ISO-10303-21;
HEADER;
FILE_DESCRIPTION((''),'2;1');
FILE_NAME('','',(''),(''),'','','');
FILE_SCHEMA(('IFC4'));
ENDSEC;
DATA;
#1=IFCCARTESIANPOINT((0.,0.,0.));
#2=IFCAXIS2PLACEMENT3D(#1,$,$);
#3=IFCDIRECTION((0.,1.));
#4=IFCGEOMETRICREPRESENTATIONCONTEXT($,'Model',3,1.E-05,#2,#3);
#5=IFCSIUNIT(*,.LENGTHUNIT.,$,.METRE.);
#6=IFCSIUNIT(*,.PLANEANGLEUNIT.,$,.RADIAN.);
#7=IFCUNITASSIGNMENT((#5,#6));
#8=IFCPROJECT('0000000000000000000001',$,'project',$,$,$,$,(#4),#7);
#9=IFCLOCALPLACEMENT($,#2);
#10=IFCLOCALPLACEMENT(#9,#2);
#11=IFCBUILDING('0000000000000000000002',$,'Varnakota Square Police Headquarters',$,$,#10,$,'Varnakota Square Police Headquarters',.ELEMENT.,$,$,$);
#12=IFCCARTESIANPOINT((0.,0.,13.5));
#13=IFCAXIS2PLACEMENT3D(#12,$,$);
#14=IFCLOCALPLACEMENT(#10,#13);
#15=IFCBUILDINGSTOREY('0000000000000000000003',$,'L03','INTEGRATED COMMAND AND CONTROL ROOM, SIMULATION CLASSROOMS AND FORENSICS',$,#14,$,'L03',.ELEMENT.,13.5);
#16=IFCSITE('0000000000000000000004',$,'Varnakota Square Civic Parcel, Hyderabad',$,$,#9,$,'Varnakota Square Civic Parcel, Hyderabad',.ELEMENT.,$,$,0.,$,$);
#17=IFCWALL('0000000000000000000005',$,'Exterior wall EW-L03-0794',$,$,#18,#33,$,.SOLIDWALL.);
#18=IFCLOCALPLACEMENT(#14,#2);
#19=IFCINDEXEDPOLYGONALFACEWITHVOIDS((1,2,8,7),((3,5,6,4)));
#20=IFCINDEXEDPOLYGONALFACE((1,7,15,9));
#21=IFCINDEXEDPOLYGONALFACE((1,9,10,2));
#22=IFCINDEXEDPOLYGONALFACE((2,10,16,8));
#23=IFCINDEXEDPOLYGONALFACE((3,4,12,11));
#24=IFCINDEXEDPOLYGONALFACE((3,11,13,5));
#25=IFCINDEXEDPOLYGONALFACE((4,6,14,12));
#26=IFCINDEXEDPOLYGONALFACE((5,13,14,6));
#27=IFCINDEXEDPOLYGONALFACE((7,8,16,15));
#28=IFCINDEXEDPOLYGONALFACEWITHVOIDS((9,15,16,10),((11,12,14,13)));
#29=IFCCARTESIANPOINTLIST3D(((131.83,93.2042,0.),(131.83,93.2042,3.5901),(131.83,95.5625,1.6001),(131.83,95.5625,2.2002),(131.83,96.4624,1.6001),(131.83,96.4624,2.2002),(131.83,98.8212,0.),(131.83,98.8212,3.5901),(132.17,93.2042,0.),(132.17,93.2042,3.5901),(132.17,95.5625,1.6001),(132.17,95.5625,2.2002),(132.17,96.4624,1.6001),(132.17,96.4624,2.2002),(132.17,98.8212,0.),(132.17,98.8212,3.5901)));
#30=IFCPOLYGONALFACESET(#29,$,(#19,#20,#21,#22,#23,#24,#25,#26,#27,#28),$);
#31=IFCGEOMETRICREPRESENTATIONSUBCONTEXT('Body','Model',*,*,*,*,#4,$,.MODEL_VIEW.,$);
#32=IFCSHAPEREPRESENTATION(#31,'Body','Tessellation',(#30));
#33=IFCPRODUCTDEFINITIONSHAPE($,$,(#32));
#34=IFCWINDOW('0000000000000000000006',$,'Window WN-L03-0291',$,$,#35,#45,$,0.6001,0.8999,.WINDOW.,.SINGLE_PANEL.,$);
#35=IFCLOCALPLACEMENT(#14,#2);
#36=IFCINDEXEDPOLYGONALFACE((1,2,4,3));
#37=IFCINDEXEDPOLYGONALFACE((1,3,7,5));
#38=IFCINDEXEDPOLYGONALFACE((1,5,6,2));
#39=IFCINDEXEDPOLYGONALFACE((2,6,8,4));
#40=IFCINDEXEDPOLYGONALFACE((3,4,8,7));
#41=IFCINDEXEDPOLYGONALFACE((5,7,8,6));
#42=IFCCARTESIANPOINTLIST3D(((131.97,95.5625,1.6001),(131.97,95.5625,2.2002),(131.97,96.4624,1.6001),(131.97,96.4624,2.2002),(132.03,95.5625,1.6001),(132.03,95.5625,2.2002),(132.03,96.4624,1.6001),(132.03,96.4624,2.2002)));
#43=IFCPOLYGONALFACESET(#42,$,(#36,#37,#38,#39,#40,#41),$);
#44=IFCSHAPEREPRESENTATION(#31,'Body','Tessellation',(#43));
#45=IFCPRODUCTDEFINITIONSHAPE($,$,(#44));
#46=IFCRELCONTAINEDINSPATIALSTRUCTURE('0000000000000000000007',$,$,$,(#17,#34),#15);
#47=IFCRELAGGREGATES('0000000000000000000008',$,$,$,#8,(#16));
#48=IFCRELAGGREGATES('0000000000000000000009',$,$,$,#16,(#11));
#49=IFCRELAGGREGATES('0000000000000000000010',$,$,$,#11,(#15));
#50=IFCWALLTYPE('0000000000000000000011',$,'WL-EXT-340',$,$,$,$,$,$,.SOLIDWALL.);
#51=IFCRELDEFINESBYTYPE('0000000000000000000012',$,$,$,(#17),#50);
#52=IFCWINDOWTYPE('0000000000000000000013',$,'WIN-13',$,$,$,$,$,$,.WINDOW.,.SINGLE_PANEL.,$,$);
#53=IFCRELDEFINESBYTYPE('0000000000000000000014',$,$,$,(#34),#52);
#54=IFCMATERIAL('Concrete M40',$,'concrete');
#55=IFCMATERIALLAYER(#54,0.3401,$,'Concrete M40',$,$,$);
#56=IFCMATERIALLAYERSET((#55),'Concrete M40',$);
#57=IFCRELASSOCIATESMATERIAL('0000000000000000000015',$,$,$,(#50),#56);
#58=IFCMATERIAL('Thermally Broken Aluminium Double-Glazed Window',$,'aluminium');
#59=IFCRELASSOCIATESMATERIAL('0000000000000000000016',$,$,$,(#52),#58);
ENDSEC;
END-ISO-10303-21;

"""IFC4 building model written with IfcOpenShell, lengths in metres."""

from ifc_helpers import new_model, si_unit, direction, frame, frame_2d, origin, place, context, subcontext, project, spatial, rectangle, extrude, material, layer, layer_set, type_object, element, fill, save


model = new_model("IFC4")

# Units and contexts
model_context = context("Model", 3, precision=1e-05, world=origin(), true_north=direction((0.0, 1.0)))
body_context = subcontext(model_context, "Body", "Model", "MODEL_VIEW")
ifc_project = project(units=[si_unit("LENGTHUNIT", "METRE"), si_unit("PLANEANGLEUNIT", "RADIAN")], contexts=[model_context])

# Site, building, storey
site_placement = place(None, origin())
site = spatial("IfcSite", under=ifc_project, at=site_placement, Name="Varnakota Square Civic Parcel, Hyderabad", LongName="Varnakota Square Civic Parcel, Hyderabad", CompositionType="ELEMENT", RefElevation=0.0)
building_placement = place(site_placement, origin())
building = spatial("IfcBuilding", under=site, at=building_placement, Name="Varnakota Square Police Headquarters", LongName="Varnakota Square Police Headquarters", CompositionType="ELEMENT")
storey_placement = place(building_placement, frame((0.0, 0.0, 13.5)))
storey = spatial("IfcBuildingStorey", under=building, at=storey_placement, Name="L03", Description="INTEGRATED COMMAND AND CONTROL ROOM, SIMULATION CLASSROOMS AND FORENSICS", LongName="L03", CompositionType="ELEMENT", Elevation=13.5)

# Wall, opening, window
ifc_material_1 = material(Name="Concrete M40", Category="concrete")
ifc_layer_1 = layer(ifc_material_1, 0.3401, Name="Concrete M40")
ifc_layer_set_1 = layer_set([ifc_layer_1], Name="Concrete M40")
wall_type_1 = type_object("IfcWallType", Name="WL-EXT-340", PredefinedType="SOLIDWALL", material=ifc_layer_set_1)
ifc_material_2 = material(Name="Thermally Broken Aluminium Double-Glazed Window", Category="aluminium")
window_type_1 = type_object("IfcWindowType", Name="WIN-13", PartitioningType="SINGLE_PANEL", PredefinedType="WINDOW", material=ifc_material_2)
wall_1_placement = place(storey_placement, frame((132.0, 93.2041, 0.0), z_axis=(0.0, 0.0, 1.0), x_axis=(0.0, 1.0, 0.0)))
wall_1 = element("IfcWall", 1, at=wall_1_placement, inside=storey, type_object=wall_type_1, Name="Exterior wall EW-L03-0794", PredefinedType="SOLIDWALL", context=body_context, shape_type="SweptSolid", body=[
    extrude(rectangle(XDim=5.6169, YDim=0.3401, at=frame_2d((2.8086, 0.0))), origin(), (0.0, 0.0, 1.0), 3.5901),
])
opening_1_placement = place(wall_1_placement, frame((2.3584, 0.0, 1.6001)))
opening_1 = element("IfcOpeningElement", 2, at=opening_1_placement, cuts=wall_1, PredefinedType="OPENING", context=body_context, shape_type="SweptSolid", body=[
    extrude(rectangle(XDim=0.8999, YDim=0.6001, at=frame_2d((0.45, 0.3))), frame((0.0, 0.1799, 0.0), z_axis=(0.0, -1.0, 0.0), x_axis=(1.0, 0.0, 0.0)), (0.0, 0.0, 1.0), 0.3601),
])
window_1_placement = place(opening_1_placement, origin())
window_1 = element("IfcWindow", 3, at=window_1_placement, inside=storey, type_object=window_type_1, Name="Window WN-L03-0291", OverallHeight=0.6001, OverallWidth=0.8999, PartitioningType="SINGLE_PANEL", PredefinedType="WINDOW", context=body_context, shape_type="SweptSolid", body=[
    extrude(rectangle(XDim=0.8999, YDim=0.6001, at=frame_2d((0.45, 0.3))), frame((0.0, 0.03, 0.0), z_axis=(0.0, -1.0, 0.0), x_axis=(1.0, 0.0, 0.0)), (0.0, 0.0, 1.0), 0.0601),
])
fill(opening_1, window_1)

save(model, "model.ifc")
